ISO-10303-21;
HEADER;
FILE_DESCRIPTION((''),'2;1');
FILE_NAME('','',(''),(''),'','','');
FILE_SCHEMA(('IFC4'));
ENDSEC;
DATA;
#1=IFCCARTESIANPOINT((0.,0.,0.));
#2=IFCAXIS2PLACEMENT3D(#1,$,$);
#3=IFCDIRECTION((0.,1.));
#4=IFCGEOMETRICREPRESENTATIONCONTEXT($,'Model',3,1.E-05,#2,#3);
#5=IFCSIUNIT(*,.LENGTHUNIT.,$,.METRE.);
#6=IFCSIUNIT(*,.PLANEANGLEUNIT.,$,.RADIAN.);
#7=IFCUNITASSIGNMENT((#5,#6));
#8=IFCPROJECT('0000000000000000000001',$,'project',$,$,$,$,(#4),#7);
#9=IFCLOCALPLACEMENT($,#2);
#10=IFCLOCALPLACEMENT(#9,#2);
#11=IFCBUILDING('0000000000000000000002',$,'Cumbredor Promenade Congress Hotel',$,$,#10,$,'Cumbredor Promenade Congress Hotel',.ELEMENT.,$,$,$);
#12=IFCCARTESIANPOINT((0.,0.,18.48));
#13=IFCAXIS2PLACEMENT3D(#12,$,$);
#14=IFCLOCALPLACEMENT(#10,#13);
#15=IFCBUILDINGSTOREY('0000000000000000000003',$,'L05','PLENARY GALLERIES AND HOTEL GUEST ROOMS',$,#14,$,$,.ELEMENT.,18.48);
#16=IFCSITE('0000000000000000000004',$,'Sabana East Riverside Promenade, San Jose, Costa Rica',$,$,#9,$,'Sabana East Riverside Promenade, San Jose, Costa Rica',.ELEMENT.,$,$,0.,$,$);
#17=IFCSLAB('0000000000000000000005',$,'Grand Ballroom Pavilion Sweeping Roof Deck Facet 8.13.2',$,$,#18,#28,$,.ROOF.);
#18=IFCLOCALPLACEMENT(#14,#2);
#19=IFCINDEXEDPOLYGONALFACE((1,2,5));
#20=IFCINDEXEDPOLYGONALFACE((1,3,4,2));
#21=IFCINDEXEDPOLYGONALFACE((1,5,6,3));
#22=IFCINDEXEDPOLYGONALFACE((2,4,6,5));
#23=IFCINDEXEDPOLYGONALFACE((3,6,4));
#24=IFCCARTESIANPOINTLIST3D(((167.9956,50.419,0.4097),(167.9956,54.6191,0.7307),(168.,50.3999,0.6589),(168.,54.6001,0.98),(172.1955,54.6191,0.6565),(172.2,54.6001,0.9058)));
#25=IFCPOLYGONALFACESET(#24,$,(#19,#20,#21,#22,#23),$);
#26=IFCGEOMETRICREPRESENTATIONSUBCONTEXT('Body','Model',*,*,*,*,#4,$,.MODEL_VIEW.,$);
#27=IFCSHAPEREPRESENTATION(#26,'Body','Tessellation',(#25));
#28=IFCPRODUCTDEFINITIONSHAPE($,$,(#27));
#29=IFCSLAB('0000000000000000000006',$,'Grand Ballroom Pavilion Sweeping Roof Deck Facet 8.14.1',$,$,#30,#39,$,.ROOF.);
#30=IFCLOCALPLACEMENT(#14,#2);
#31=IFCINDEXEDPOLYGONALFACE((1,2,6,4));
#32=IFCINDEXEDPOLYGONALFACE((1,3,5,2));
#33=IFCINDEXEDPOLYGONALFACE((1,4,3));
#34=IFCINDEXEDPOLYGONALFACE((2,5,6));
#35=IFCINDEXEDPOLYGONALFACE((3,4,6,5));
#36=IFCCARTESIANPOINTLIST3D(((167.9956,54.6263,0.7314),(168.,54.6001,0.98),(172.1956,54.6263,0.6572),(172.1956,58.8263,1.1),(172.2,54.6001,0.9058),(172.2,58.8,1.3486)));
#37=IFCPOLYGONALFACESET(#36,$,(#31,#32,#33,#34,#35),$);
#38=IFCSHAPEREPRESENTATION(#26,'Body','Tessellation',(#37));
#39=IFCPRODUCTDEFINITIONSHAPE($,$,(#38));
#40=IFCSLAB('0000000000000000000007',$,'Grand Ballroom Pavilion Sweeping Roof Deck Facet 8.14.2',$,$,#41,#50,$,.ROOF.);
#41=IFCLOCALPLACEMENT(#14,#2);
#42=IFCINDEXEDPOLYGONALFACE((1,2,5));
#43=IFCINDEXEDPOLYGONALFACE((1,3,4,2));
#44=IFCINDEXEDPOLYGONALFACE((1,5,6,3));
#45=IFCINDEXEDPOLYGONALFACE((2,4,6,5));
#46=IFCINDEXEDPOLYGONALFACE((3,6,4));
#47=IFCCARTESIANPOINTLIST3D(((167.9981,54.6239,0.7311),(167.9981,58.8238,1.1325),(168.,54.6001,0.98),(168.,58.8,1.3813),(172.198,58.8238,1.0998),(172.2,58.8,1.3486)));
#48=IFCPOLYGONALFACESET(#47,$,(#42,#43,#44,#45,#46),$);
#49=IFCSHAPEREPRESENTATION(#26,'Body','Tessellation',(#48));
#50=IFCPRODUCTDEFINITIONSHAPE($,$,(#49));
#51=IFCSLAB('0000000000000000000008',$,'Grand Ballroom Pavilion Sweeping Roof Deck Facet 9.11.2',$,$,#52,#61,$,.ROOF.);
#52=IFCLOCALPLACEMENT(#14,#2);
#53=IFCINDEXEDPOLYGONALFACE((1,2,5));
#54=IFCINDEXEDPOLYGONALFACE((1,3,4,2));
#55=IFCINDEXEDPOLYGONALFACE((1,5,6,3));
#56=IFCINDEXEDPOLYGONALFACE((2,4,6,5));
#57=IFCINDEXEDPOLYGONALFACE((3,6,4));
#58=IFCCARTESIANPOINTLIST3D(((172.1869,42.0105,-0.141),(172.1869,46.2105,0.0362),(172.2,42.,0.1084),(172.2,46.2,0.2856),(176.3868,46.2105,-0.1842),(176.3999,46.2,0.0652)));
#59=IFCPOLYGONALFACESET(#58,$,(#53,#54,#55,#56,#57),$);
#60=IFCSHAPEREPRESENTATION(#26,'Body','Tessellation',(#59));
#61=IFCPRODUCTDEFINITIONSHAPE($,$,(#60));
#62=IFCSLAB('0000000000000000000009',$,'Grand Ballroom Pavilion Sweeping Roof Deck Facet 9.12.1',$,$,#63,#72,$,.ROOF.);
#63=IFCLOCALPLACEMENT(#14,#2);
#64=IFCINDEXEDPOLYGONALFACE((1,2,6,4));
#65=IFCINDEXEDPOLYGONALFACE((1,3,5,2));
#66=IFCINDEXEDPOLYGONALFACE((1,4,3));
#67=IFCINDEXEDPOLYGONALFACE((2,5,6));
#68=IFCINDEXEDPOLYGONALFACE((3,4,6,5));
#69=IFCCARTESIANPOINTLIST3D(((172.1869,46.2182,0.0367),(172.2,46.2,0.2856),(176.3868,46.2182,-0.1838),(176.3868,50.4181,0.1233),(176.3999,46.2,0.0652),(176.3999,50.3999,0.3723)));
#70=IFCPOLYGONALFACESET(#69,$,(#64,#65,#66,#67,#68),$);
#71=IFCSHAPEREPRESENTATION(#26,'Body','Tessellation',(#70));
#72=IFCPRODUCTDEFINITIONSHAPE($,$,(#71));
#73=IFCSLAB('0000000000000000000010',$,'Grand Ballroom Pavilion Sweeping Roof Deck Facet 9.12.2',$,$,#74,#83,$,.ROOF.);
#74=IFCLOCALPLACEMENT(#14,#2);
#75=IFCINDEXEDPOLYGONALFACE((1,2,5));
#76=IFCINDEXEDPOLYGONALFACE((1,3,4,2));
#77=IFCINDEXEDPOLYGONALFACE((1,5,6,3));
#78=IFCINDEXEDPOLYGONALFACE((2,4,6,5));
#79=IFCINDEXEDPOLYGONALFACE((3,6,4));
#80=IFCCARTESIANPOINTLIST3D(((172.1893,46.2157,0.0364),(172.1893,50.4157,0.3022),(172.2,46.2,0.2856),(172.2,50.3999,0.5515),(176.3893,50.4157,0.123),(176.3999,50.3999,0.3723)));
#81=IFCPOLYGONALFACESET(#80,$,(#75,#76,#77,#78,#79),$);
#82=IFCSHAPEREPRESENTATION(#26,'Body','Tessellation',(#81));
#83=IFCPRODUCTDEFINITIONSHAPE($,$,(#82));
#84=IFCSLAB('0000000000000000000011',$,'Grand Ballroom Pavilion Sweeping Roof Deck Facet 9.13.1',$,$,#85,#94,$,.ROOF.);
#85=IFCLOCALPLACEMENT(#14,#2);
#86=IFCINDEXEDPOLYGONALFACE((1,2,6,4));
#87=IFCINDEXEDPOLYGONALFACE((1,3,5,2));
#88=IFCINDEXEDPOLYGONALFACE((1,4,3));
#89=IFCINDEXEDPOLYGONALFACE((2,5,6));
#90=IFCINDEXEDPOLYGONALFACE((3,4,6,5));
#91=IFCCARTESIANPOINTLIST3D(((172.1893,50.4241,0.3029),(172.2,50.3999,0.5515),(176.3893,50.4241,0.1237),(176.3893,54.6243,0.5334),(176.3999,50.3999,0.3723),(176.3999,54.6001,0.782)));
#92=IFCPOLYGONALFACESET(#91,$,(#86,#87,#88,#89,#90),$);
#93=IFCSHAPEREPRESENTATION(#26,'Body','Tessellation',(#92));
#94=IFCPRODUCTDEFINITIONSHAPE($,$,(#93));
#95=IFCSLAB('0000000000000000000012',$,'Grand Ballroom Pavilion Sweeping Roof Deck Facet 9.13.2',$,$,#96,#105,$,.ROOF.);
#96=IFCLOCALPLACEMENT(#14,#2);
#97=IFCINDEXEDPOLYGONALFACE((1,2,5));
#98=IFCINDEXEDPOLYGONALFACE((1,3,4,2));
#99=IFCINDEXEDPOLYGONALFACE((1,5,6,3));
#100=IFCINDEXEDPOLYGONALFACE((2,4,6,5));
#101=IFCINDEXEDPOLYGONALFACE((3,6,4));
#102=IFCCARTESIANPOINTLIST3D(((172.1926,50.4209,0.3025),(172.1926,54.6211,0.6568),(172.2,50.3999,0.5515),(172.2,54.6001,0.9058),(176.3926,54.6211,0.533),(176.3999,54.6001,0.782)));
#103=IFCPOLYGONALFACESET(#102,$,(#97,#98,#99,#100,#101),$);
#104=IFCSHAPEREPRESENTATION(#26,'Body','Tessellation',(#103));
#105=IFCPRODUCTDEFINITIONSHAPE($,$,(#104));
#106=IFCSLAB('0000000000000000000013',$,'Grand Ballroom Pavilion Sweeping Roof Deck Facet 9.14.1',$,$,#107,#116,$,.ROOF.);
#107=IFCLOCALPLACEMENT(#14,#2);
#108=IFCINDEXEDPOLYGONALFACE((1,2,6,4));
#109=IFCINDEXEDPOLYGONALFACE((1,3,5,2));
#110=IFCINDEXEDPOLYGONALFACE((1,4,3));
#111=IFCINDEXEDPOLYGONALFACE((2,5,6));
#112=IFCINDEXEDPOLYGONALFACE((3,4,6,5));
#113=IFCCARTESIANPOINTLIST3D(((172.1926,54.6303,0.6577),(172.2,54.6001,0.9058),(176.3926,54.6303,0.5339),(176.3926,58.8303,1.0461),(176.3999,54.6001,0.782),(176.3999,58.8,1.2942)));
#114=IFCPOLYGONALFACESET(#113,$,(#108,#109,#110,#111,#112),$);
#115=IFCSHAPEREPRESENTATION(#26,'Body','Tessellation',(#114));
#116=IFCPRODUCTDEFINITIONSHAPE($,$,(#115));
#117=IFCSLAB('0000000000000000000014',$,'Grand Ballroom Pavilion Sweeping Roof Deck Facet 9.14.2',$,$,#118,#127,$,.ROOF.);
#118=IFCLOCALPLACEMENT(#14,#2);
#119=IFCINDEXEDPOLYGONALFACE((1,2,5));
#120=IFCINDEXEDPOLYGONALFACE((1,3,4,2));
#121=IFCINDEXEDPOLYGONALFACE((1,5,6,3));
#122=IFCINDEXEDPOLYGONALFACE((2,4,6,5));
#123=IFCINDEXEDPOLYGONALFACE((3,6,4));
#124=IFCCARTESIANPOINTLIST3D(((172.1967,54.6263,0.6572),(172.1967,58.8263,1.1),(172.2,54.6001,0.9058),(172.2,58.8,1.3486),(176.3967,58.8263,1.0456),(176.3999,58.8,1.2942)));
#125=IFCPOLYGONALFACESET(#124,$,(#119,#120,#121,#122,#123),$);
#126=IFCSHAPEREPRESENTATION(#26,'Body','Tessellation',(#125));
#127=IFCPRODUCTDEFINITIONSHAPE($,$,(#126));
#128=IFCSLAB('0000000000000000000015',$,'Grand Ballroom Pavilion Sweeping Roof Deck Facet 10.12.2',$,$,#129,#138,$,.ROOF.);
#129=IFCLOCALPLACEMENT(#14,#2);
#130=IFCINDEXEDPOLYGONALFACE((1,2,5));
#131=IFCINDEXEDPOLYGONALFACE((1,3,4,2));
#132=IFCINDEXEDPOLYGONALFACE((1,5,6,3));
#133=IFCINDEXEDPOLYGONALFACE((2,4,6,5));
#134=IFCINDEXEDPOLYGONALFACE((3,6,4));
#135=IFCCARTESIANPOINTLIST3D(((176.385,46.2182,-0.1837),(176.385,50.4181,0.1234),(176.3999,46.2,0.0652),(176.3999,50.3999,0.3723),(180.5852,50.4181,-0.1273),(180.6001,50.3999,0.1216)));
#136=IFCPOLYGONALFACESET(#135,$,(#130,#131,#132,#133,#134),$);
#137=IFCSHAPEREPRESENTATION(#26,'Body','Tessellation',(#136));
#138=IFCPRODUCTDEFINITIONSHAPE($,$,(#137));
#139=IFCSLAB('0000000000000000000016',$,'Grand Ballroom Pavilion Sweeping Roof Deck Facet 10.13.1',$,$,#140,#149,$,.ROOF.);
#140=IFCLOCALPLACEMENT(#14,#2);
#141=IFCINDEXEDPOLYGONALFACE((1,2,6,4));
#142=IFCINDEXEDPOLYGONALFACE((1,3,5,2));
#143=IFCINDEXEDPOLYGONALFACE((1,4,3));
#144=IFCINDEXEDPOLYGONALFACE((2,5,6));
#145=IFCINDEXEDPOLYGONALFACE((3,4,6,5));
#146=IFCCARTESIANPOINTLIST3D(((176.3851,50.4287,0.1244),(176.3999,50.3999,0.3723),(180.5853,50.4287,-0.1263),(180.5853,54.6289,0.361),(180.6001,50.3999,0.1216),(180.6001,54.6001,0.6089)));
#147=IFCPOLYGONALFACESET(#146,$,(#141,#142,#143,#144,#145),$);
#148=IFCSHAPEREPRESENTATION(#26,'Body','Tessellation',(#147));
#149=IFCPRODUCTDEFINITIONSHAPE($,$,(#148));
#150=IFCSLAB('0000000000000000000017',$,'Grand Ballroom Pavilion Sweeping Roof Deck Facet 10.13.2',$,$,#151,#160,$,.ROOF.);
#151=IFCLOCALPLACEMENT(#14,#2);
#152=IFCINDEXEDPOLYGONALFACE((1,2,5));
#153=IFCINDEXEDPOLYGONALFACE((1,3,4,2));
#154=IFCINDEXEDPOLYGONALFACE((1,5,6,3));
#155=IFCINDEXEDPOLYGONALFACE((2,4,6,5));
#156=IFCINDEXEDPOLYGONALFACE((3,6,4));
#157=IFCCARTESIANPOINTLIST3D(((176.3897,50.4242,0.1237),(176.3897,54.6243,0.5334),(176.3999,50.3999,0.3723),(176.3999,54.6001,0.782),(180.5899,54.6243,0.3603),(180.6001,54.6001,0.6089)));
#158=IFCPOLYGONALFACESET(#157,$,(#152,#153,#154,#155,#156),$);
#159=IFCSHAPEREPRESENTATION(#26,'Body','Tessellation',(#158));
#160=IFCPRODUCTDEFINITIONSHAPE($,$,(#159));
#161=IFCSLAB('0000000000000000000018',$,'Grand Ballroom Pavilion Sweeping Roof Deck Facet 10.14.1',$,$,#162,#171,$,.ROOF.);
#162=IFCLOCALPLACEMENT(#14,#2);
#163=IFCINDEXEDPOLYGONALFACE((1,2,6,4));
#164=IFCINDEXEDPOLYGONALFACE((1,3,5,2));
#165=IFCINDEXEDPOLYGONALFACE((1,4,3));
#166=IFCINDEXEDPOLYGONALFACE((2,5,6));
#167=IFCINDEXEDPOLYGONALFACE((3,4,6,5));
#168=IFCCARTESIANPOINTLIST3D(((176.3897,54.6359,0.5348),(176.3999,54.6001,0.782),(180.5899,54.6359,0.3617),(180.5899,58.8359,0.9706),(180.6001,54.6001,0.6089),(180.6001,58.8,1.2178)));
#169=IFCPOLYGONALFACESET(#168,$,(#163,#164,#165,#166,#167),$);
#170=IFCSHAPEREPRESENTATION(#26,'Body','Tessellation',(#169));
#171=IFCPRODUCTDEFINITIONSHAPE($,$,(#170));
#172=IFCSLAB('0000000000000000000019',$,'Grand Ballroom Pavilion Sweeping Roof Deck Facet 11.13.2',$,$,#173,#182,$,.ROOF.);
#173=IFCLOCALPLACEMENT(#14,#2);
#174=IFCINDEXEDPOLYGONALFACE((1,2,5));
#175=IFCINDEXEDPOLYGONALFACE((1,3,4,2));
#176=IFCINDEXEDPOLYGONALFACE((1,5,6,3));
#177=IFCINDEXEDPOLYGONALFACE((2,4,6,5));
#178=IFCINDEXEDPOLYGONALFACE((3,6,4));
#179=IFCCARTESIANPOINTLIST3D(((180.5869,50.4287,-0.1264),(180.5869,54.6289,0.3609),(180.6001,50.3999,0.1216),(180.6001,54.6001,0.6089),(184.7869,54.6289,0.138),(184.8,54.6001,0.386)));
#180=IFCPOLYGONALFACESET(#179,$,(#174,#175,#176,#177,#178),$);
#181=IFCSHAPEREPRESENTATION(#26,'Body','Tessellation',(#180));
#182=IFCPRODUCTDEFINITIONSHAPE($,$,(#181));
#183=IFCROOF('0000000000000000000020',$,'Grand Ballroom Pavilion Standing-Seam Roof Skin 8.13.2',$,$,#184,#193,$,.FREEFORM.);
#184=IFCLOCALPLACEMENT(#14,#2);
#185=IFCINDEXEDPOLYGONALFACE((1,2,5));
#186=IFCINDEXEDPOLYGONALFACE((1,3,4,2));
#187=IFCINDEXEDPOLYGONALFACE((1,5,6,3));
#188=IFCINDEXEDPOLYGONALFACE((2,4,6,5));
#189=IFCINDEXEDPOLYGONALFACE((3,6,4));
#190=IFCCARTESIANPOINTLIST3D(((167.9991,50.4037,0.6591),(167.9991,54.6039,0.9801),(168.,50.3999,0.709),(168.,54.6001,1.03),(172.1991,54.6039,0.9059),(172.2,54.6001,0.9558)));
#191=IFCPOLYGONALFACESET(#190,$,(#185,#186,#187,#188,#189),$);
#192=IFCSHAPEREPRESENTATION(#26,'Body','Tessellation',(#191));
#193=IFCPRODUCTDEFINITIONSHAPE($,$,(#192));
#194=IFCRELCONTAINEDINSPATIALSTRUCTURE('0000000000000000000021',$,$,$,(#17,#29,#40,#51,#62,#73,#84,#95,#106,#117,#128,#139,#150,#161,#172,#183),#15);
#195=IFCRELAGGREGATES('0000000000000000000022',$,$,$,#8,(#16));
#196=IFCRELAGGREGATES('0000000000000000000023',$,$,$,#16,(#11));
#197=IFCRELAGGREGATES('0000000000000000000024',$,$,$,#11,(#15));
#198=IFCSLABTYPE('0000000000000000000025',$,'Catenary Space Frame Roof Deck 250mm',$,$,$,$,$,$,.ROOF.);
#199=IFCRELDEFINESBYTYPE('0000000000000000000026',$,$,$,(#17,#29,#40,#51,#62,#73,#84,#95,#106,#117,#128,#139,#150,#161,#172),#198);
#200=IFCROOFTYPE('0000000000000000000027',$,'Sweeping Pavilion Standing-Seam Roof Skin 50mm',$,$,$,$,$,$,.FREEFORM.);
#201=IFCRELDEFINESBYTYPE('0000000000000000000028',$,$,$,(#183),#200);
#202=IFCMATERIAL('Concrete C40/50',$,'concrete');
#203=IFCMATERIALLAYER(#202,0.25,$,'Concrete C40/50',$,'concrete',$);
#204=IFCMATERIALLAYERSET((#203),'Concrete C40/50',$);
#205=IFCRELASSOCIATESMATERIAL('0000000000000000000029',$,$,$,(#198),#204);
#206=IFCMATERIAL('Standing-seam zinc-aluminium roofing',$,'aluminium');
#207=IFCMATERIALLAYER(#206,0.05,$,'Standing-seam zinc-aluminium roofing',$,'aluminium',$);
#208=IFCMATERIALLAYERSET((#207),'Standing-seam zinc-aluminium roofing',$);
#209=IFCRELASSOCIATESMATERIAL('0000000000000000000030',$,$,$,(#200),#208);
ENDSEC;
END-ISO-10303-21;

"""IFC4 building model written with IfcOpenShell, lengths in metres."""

from ifc_helpers import new_model, si_unit, direction, frame, origin, place, context, subcontext, project, spatial, polyline, outline, extrude, material, layer, layer_set, type_object, element, save


model = new_model("IFC4")

# Units and contexts
model_context = context("Model", 3, precision=1e-05, world=origin(), true_north=direction((0.0, 1.0)))
body_context = subcontext(model_context, "Body", "Model", "MODEL_VIEW")
ifc_project = project(units=[si_unit("LENGTHUNIT", "METRE"), si_unit("PLANEANGLEUNIT", "RADIAN")], contexts=[model_context])

# Site, building, storey
site_placement = place(None, origin())
site = spatial("IfcSite", under=ifc_project, at=site_placement, Name="Sabana East Riverside Promenade, San Jose, Costa Rica", LongName="Sabana East Riverside Promenade, San Jose, Costa Rica", CompositionType="ELEMENT", RefElevation=0.0)
building_placement = place(site_placement, origin())
building = spatial("IfcBuilding", under=site, at=building_placement, Name="Cumbredor Promenade Congress Hotel", LongName="Cumbredor Promenade Congress Hotel", CompositionType="ELEMENT")
storey_placement = place(building_placement, frame((0.0, 0.0, 18.48)))
storey = spatial("IfcBuildingStorey", under=building, at=storey_placement, Name="L05", Description="PLENARY GALLERIES AND HOTEL GUEST ROOMS", CompositionType="ELEMENT", Elevation=18.48)

# Slabs
ifc_material_1 = material(Name="Concrete C40/50", Category="concrete")
ifc_layer_1 = layer(ifc_material_1, 0.25, Name="Concrete C40/50", Category="concrete")
ifc_layer_set_1 = layer_set([ifc_layer_1], Name="Concrete C40/50")
slab_type = type_object("IfcSlabType", Name="Catenary Space Frame Roof Deck 250mm", PredefinedType="ROOF", material=ifc_layer_set_1)
slab_1_placement = place(storey_placement, frame((168.0, 50.3999, 0.6589), z_axis=(0.017617, -0.076202, 0.996937), x_axis=(0.706477, 0.706518, 0.041519)))
element("IfcSlab", 1, at=slab_1_placement, inside=storey, type_object=slab_type, Name="Grand Ballroom Pavilion Sweeping Roof Deck Facet 8.13.2", PredefinedType="ROOF", context=body_context, shape_type="SweptSolid", body=[
    extrude(outline(polyline([(0.0, 0.0), (5.9449, 0.0), (2.9808, 2.9765), (0.0, 0.0)])), origin(), (0.0, 0.0, -1.0), 0.25),
])
slab_2_placement = place(storey_placement, frame((168.0, 54.6001, 0.98), z_axis=(0.017571, -0.104849, 0.994333), x_axis=(0.999844, 0.0, -0.017669)))
element("IfcSlab", 2, at=slab_2_placement, inside=storey, type_object=slab_type, Name="Grand Ballroom Pavilion Sweeping Roof Deck Facet 8.14.1", PredefinedType="ROOF", context=body_context, shape_type="SweptSolid", body=[
    extrude(outline(polyline([(0.0, 0.0), (4.2006, 0.0), (4.1928, 4.2232), (0.0, 0.0)])), origin(), (0.0, 0.0, -1.0), 0.25),
])
slab_3_placement = place(storey_placement, frame((168.0, 54.6001, 0.98), z_axis=(0.007754, -0.095128, 0.995435), x_axis=(0.705749, 0.705749, 0.061947)))
element("IfcSlab", 3, at=slab_3_placement, inside=storey, type_object=slab_type, Name="Grand Ballroom Pavilion Sweeping Roof Deck Facet 8.14.2", PredefinedType="ROOF", context=body_context, shape_type="SweptSolid", body=[
    extrude(outline(polyline([(0.0, 0.0), (5.9511, 0.0), (2.989, 2.9777), (0.0, 0.0)])), origin(), (0.0, 0.0, -1.0), 0.25),
])
slab_4_placement = place(storey_placement, frame((172.2, 42.0, 0.1084), z_axis=(0.052372, -0.042107, 0.99774), x_axis=(0.707088, 0.707088, -0.007275)))
element("IfcSlab", 4, at=slab_4_placement, inside=storey, type_object=slab_type, Name="Grand Ballroom Pavilion Sweeping Roof Deck Facet 9.11.2", PredefinedType="ROOF", context=body_context, shape_type="SweptSolid", body=[
    extrude(outline(polyline([(0.0, 0.0), (5.9398, 0.0), (2.9684, 2.9765), (0.0, 0.0)])), origin(), (0.0, 0.0, -1.0), 0.25),
])
slab_5_placement = place(storey_placement, frame((172.2, 46.2, 0.2856), z_axis=(0.052279, -0.072832, 0.995973), x_axis=(0.998625, 0.0, -0.052419)))
element("IfcSlab", 5, at=slab_5_placement, inside=storey, type_object=slab_type, Name="Grand Ballroom Pavilion Sweeping Roof Deck Facet 9.12.1", PredefinedType="ROOF", context=body_context, shape_type="SweptSolid", body=[
    extrude(outline(polyline([(0.0, 0.0), (4.2057, 0.0), (4.1896, 4.2111), (0.0, 0.0)])), origin(), (0.0, 0.0, -1.0), 0.25),
])
slab_6_placement = place(storey_placement, frame((172.2, 46.2, 0.2856), z_axis=(0.042543, -0.063119, 0.997099), x_axis=(0.707032, 0.707032, 0.01459)))
element("IfcSlab", 6, at=slab_6_placement, inside=storey, type_object=slab_type, Name="Grand Ballroom Pavilion Sweeping Roof Deck Facet 9.12.2", PredefinedType="ROOF", context=body_context, shape_type="SweptSolid", body=[
    extrude(outline(polyline([(0.0, 0.0), (5.9403, 0.0), (2.9734, 2.9781), (0.0, 0.0)])), origin(), (0.0, 0.0, -1.0), 0.25),
])
slab_7_placement = place(storey_placement, frame((172.2, 50.3999, 0.5515), z_axis=(0.042427, -0.096987, 0.994381), x_axis=(0.999091, 0.0, -0.042628)))
element("IfcSlab", 7, at=slab_7_placement, inside=storey, type_object=slab_type, Name="Grand Ballroom Pavilion Sweeping Roof Deck Facet 9.13.1", PredefinedType="ROOF", context=body_context, shape_type="SweptSolid", body=[
    extrude(outline(polyline([(0.0, 0.0), (4.2038, 0.0), (4.1863, 4.2201), (0.0, 0.0)])), origin(), (0.0, 0.0, -1.0), 0.25),
])
slab_8_placement = place(storey_placement, frame((172.2, 50.3999, 0.5515), z_axis=(0.029355, -0.084006, 0.996033), x_axis=(0.706555, 0.706596, 0.038772)))
element("IfcSlab", 8, at=slab_8_placement, inside=storey, type_object=slab_type, Name="Grand Ballroom Pavilion Sweeping Roof Deck Facet 9.13.2", PredefinedType="ROOF", context=body_context, shape_type="SweptSolid", body=[
    extrude(outline(polyline([(0.0, 0.0), (5.9443, 0.0), (2.9816, 2.9795), (0.0, 0.0)])), origin(), (0.0, 0.0, -1.0), 0.25),
])
slab_9_placement = place(storey_placement, frame((172.2, 54.6001, 0.9058), z_axis=(0.029242, -0.121007, 0.992221), x_axis=(0.999566, 0.0, -0.029459)))
element("IfcSlab", 9, at=slab_9_placement, inside=storey, type_object=slab_type, Name="Grand Ballroom Pavilion Sweeping Roof Deck Facet 9.14.1", PredefinedType="ROOF", context=body_context, shape_type="SweptSolid", body=[
    extrude(outline(polyline([(0.0, 0.0), (4.2018, 0.0), (4.1867, 4.231), (0.0, 0.0)])), origin(), (0.0, 0.0, -1.0), 0.25),
])
slab_10_placement = place(storey_placement, frame((172.2, 54.6001, 0.9058), z_axis=(0.01289, -0.104857, 0.994404), x_axis=(0.7056, 0.7056, 0.065257)))
element("IfcSlab", 10, at=slab_10_placement, inside=storey, type_object=slab_type, Name="Grand Ballroom Pavilion Sweeping Roof Deck Facet 9.14.2", PredefinedType="ROOF", context=body_context, shape_type="SweptSolid", body=[
    extrude(outline(polyline([(0.0, 0.0), (5.9523, 0.0), (2.9924, 2.9802), (0.0, 0.0)])), origin(), (0.0, 0.0, -1.0), 0.25),
])
slab_11_placement = place(storey_placement, frame((176.3999, 46.2, 0.0652), z_axis=(0.059431, -0.072803, 0.995574), x_axis=(0.707095, 0.707054, 0.009494)))
element("IfcSlab", 11, at=slab_11_placement, inside=storey, type_object=slab_type, Name="Grand Ballroom Pavilion Sweeping Roof Deck Facet 10.12.2", PredefinedType="ROOF", context=body_context, shape_type="SweptSolid", body=[
    extrude(outline(polyline([(0.0, 0.0), (5.9401, 0.0), (2.9725, 2.983), (0.0, 0.0)])), origin(), (0.0, 0.0, -1.0), 0.25),
])
slab_12_placement = place(storey_placement, frame((176.3999, 50.3999, 0.3723), z_axis=(0.059194, -0.115044, 0.991595), x_axis=(0.998223, 0.0, -0.059589)))
element("IfcSlab", 12, at=slab_12_placement, inside=storey, type_object=slab_type, Name="Grand Ballroom Pavilion Sweeping Roof Deck Facet 10.13.1", PredefinedType="ROOF", context=body_context, shape_type="SweptSolid", body=[
    extrude(outline(polyline([(0.0, 0.0), (4.2077, 0.0), (4.1786, 4.2283), (0.0, 0.0)])), origin(), (0.0, 0.0, -1.0), 0.25),
])
slab_13_placement = place(storey_placement, frame((176.3999, 50.3999, 0.3723), z_axis=(0.040982, -0.096993, 0.994441), x_axis=(0.706547, 0.706547, 0.039796)))
element("IfcSlab", 13, at=slab_13_placement, inside=storey, type_object=slab_type, Name="Grand Ballroom Pavilion Sweeping Roof Deck Facet 10.13.2", PredefinedType="ROOF", context=body_context, shape_type="SweptSolid", body=[
    extrude(outline(polyline([(0.0, 0.0), (5.9447, 0.0), (2.9839, 2.9842), (0.0, 0.0)])), origin(), (0.0, 0.0, -1.0), 0.25),
])
slab_14_placement = place(storey_placement, frame((176.3999, 54.6001, 0.782), z_axis=(0.040751, -0.143356, 0.988832), x_axis=(0.999152, 0.0, -0.041176)))
element("IfcSlab", 14, at=slab_14_placement, inside=storey, type_object=slab_type, Name="Grand Ballroom Pavilion Sweeping Roof Deck Facet 10.14.1", PredefinedType="ROOF", context=body_context, shape_type="SweptSolid", body=[
    extrude(outline(polyline([(0.0, 0.0), (4.2038, 0.0), (4.1787, 4.2438), (0.0, 0.0)])), origin(), (0.0, 0.0, -1.0), 0.25),
])
slab_15_placement = place(storey_placement, frame((180.6001, 50.3999, 0.1216), z_axis=(0.052645, -0.115087, 0.991959), x_axis=(0.706387, 0.706428, 0.04447)))
element("IfcSlab", 15, at=slab_15_placement, inside=storey, type_object=slab_type, Name="Grand Ballroom Pavilion Sweeping Roof Deck Facet 11.13.2", PredefinedType="ROOF", context=body_context, shape_type="SweptSolid", body=[
    extrude(outline(polyline([(0.0, 0.0), (5.9457, 0.0), (2.9888, 2.991), (0.0, 0.0)])), origin(), (0.0, 0.0, -1.0), 0.25),
])

# Roof
ifc_material_2 = material(Name="Standing-seam zinc-aluminium roofing", Category="aluminium")
ifc_layer_2 = layer(ifc_material_2, 0.05, Name="Standing-seam zinc-aluminium roofing", Category="aluminium")
ifc_layer_set_2 = layer_set([ifc_layer_2], Name="Standing-seam zinc-aluminium roofing")
roof_type = type_object("IfcRoofType", Name="Sweeping Pavilion Standing-Seam Roof Skin 50mm", PredefinedType="FREEFORM", material=ifc_layer_set_2)
roof_1_placement = place(storey_placement, frame((168.0, 50.3999, 0.709), z_axis=(0.017617, -0.076202, 0.996937), x_axis=(0.706477, 0.706518, 0.041519)))
element("IfcRoof", 16, at=roof_1_placement, inside=storey, type_object=roof_type, Name="Grand Ballroom Pavilion Standing-Seam Roof Skin 8.13.2", PredefinedType="FREEFORM", context=body_context, shape_type="SweptSolid", body=[
    extrude(outline(polyline([(0.0, 0.0), (5.9449, 0.0), (2.9808, 2.9765), (0.0, 0.0)])), origin(), (0.0, 0.0, -1.0), 0.05),
])

save(model, "model.ifc")
